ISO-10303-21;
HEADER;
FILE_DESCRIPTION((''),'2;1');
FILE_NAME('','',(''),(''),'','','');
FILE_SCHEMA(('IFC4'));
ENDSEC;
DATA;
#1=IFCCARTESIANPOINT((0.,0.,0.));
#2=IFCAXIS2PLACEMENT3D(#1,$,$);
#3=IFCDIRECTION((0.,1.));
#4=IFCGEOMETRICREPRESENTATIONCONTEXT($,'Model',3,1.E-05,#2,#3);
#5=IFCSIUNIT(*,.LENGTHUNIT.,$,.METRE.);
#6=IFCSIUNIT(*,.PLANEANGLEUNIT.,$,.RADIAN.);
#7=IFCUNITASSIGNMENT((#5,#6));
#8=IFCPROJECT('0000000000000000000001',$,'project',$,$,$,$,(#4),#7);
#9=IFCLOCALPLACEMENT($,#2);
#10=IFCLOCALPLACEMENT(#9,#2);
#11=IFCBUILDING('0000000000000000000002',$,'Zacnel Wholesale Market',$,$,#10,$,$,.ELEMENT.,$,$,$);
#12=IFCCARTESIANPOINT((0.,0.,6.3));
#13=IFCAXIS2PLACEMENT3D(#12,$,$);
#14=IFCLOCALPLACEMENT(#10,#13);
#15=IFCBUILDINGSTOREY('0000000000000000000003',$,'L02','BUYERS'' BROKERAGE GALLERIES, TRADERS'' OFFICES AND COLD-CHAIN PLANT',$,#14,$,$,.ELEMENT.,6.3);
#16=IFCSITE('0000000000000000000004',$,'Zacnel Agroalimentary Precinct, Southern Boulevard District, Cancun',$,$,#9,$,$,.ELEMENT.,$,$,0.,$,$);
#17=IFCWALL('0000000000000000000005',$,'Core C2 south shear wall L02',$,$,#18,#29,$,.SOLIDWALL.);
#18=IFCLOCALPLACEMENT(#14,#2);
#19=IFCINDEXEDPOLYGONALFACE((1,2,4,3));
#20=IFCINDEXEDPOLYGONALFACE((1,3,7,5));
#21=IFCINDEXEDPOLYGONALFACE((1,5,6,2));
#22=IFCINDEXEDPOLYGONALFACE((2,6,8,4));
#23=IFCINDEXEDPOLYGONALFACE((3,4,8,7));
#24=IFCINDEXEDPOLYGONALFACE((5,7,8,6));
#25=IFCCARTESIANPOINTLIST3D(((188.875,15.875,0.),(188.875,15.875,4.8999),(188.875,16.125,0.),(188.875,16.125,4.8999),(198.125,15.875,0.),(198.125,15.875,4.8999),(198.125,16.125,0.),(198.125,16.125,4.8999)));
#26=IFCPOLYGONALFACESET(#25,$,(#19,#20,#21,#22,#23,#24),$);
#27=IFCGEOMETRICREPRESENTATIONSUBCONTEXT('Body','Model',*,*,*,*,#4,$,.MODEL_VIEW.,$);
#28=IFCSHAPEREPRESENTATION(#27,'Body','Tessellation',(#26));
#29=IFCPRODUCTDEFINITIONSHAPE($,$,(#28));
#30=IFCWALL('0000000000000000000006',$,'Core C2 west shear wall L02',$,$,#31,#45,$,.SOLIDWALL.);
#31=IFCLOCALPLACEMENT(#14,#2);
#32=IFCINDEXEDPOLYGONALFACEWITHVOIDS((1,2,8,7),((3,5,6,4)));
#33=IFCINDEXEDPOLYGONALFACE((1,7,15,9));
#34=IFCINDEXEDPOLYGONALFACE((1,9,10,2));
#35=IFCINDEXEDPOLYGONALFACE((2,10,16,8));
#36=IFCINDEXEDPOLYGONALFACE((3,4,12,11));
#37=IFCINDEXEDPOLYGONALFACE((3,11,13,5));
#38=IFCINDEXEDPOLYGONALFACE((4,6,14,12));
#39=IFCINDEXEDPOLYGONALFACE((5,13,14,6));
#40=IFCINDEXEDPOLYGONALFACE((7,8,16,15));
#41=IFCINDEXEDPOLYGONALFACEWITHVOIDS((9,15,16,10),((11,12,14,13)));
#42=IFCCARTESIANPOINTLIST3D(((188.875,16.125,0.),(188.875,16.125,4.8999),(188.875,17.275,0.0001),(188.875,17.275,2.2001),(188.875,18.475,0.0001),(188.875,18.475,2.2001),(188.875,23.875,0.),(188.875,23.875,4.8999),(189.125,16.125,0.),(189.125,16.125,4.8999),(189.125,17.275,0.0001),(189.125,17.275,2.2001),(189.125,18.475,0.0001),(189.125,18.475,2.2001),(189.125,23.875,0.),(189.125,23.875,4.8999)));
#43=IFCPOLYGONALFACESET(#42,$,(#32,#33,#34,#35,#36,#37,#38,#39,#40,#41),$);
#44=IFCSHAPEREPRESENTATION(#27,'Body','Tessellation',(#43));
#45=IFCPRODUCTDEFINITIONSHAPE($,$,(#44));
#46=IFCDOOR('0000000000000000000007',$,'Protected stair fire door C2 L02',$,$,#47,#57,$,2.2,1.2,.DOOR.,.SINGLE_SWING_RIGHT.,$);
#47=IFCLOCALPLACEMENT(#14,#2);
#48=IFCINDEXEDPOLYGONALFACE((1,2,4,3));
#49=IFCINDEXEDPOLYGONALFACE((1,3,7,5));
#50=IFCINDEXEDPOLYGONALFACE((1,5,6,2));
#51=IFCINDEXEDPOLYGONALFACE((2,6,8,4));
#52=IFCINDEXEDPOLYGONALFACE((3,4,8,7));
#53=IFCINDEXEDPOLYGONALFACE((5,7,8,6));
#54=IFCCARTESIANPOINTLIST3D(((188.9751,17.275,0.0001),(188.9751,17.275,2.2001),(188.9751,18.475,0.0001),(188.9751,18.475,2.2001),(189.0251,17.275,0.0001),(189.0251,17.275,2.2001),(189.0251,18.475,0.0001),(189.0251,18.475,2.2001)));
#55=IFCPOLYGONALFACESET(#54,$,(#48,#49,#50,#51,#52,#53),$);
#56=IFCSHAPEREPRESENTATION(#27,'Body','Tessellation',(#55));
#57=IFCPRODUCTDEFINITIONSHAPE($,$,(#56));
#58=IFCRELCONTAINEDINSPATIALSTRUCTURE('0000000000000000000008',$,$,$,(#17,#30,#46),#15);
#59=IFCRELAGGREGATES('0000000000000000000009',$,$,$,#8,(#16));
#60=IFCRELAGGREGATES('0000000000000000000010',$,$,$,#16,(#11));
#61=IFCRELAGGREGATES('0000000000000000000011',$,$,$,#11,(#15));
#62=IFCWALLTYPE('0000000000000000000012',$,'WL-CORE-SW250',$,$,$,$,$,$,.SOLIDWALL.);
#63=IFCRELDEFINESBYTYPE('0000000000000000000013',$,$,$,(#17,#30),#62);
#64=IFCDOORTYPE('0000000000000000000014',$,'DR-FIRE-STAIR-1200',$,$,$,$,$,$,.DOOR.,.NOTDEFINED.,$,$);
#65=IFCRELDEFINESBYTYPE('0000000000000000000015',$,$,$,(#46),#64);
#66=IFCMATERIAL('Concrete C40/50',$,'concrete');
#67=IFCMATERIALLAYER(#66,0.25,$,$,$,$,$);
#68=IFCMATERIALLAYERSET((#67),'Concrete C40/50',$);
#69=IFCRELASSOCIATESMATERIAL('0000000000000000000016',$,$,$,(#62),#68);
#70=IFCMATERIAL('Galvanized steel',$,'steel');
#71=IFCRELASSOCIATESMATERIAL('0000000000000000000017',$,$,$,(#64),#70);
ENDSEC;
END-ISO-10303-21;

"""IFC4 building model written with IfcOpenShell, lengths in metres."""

from ifc_helpers import new_model, si_unit, direction, frame, frame_2d, origin, place, context, subcontext, project, spatial, rectangle, extrude, material, layer, layer_set, type_object, element, fill, save


model = new_model("IFC4")

# Units and contexts
model_context = context("Model", 3, precision=1e-05, world=origin(), true_north=direction((0.0, 1.0)))
body_context = subcontext(model_context, "Body", "Model", "MODEL_VIEW")
ifc_project = project(units=[si_unit("LENGTHUNIT", "METRE"), si_unit("PLANEANGLEUNIT", "RADIAN")], contexts=[model_context])

# Site, building, storey
site_placement = place(None, origin())
site = spatial("IfcSite", under=ifc_project, at=site_placement, Name="Zacnel Agroalimentary Precinct, Southern Boulevard District, Cancun", CompositionType="ELEMENT", RefElevation=0.0)
building_placement = place(site_placement, origin())
building = spatial("IfcBuilding", under=site, at=building_placement, Name="Zacnel Wholesale Market", CompositionType="ELEMENT")
storey_placement = place(building_placement, frame((0.0, 0.0, 6.3)))
storey = spatial("IfcBuildingStorey", under=building, at=storey_placement, Name="L02", Description="BUYERS' BROKERAGE GALLERIES, TRADERS' OFFICES AND COLD-CHAIN PLANT", CompositionType="ELEMENT", Elevation=6.3)

# Wall
ifc_material_1 = material(Name="Concrete C40/50", Category="concrete")
ifc_layer_1 = layer(ifc_material_1, 0.25)
ifc_layer_set_1 = layer_set([ifc_layer_1], Name="Concrete C40/50")
wall_type_1 = type_object("IfcWallType", Name="WL-CORE-SW250", PredefinedType="SOLIDWALL", material=ifc_layer_set_1)
wall_1_placement = place(storey_placement, frame((188.875, 16.0, 0.0), z_axis=(0.0, 0.0, 1.0), x_axis=(1.0, 0.0, 0.0)))
element("IfcWall", 1, at=wall_1_placement, inside=storey, type_object=wall_type_1, Name="Core C2 south shear wall L02", PredefinedType="SOLIDWALL", context=body_context, shape_type="SweptSolid", body=[
    extrude(rectangle(XDim=9.25, YDim=0.25, at=frame_2d((4.625, 0.0))), origin(), (0.0, 0.0, 1.0), 4.8999),
])

# Wall, opening, door
wall_2_placement = place(storey_placement, frame((189.0, 16.125, 0.0), z_axis=(0.0, 0.0, 1.0), x_axis=(0.0, 1.0, 0.0)))
wall_2 = element("IfcWall", 2, at=wall_2_placement, inside=storey, type_object=wall_type_1, Name="Core C2 west shear wall L02", PredefinedType="SOLIDWALL", context=body_context, shape_type="SweptSolid", body=[
    extrude(rectangle(XDim=7.75, YDim=0.25, at=frame_2d((3.875, 0.0))), origin(), (0.0, 0.0, 1.0), 4.8999),
])
opening_placement = place(wall_2_placement, frame((1.1499, 0.0, 0.0)))
opening = element("IfcOpeningElement", 3, at=opening_placement, cuts=wall_2, PredefinedType="OPENING", context=body_context, shape_type="SweptSolid", body=[
    extrude(rectangle(XDim=1.2, YDim=2.2, at=frame_2d((0.6001, 1.1001))), frame((0.0, 0.135, 0.0), z_axis=(0.0, -1.0, 0.0), x_axis=(1.0, 0.0, 0.0)), (0.0, 0.0, 1.0), 0.27),
])
ifc_material_2 = material(Name="Galvanized steel", Category="steel")
door_type = type_object("IfcDoorType", Name="DR-FIRE-STAIR-1200", OperationType="NOTDEFINED", PredefinedType="DOOR", material=ifc_material_2)
door_placement = place(opening_placement, origin())
door = element("IfcDoor", 4, at=door_placement, inside=storey, type_object=door_type, Name="Protected stair fire door C2 L02", OperationType="SINGLE_SWING_RIGHT", OverallHeight=2.2, OverallWidth=1.2, PredefinedType="DOOR", context=body_context, shape_type="SweptSolid", body=[
    extrude(rectangle(XDim=1.2, YDim=2.2, at=frame_2d((0.6001, 1.1001))), frame((0.0, 0.0249, 0.0), z_axis=(0.0, -1.0, 0.0), x_axis=(1.0, 0.0, 0.0)), (0.0, 0.0, 1.0), 0.05),
])
fill(opening, door)

save(model, "model.ifc")
